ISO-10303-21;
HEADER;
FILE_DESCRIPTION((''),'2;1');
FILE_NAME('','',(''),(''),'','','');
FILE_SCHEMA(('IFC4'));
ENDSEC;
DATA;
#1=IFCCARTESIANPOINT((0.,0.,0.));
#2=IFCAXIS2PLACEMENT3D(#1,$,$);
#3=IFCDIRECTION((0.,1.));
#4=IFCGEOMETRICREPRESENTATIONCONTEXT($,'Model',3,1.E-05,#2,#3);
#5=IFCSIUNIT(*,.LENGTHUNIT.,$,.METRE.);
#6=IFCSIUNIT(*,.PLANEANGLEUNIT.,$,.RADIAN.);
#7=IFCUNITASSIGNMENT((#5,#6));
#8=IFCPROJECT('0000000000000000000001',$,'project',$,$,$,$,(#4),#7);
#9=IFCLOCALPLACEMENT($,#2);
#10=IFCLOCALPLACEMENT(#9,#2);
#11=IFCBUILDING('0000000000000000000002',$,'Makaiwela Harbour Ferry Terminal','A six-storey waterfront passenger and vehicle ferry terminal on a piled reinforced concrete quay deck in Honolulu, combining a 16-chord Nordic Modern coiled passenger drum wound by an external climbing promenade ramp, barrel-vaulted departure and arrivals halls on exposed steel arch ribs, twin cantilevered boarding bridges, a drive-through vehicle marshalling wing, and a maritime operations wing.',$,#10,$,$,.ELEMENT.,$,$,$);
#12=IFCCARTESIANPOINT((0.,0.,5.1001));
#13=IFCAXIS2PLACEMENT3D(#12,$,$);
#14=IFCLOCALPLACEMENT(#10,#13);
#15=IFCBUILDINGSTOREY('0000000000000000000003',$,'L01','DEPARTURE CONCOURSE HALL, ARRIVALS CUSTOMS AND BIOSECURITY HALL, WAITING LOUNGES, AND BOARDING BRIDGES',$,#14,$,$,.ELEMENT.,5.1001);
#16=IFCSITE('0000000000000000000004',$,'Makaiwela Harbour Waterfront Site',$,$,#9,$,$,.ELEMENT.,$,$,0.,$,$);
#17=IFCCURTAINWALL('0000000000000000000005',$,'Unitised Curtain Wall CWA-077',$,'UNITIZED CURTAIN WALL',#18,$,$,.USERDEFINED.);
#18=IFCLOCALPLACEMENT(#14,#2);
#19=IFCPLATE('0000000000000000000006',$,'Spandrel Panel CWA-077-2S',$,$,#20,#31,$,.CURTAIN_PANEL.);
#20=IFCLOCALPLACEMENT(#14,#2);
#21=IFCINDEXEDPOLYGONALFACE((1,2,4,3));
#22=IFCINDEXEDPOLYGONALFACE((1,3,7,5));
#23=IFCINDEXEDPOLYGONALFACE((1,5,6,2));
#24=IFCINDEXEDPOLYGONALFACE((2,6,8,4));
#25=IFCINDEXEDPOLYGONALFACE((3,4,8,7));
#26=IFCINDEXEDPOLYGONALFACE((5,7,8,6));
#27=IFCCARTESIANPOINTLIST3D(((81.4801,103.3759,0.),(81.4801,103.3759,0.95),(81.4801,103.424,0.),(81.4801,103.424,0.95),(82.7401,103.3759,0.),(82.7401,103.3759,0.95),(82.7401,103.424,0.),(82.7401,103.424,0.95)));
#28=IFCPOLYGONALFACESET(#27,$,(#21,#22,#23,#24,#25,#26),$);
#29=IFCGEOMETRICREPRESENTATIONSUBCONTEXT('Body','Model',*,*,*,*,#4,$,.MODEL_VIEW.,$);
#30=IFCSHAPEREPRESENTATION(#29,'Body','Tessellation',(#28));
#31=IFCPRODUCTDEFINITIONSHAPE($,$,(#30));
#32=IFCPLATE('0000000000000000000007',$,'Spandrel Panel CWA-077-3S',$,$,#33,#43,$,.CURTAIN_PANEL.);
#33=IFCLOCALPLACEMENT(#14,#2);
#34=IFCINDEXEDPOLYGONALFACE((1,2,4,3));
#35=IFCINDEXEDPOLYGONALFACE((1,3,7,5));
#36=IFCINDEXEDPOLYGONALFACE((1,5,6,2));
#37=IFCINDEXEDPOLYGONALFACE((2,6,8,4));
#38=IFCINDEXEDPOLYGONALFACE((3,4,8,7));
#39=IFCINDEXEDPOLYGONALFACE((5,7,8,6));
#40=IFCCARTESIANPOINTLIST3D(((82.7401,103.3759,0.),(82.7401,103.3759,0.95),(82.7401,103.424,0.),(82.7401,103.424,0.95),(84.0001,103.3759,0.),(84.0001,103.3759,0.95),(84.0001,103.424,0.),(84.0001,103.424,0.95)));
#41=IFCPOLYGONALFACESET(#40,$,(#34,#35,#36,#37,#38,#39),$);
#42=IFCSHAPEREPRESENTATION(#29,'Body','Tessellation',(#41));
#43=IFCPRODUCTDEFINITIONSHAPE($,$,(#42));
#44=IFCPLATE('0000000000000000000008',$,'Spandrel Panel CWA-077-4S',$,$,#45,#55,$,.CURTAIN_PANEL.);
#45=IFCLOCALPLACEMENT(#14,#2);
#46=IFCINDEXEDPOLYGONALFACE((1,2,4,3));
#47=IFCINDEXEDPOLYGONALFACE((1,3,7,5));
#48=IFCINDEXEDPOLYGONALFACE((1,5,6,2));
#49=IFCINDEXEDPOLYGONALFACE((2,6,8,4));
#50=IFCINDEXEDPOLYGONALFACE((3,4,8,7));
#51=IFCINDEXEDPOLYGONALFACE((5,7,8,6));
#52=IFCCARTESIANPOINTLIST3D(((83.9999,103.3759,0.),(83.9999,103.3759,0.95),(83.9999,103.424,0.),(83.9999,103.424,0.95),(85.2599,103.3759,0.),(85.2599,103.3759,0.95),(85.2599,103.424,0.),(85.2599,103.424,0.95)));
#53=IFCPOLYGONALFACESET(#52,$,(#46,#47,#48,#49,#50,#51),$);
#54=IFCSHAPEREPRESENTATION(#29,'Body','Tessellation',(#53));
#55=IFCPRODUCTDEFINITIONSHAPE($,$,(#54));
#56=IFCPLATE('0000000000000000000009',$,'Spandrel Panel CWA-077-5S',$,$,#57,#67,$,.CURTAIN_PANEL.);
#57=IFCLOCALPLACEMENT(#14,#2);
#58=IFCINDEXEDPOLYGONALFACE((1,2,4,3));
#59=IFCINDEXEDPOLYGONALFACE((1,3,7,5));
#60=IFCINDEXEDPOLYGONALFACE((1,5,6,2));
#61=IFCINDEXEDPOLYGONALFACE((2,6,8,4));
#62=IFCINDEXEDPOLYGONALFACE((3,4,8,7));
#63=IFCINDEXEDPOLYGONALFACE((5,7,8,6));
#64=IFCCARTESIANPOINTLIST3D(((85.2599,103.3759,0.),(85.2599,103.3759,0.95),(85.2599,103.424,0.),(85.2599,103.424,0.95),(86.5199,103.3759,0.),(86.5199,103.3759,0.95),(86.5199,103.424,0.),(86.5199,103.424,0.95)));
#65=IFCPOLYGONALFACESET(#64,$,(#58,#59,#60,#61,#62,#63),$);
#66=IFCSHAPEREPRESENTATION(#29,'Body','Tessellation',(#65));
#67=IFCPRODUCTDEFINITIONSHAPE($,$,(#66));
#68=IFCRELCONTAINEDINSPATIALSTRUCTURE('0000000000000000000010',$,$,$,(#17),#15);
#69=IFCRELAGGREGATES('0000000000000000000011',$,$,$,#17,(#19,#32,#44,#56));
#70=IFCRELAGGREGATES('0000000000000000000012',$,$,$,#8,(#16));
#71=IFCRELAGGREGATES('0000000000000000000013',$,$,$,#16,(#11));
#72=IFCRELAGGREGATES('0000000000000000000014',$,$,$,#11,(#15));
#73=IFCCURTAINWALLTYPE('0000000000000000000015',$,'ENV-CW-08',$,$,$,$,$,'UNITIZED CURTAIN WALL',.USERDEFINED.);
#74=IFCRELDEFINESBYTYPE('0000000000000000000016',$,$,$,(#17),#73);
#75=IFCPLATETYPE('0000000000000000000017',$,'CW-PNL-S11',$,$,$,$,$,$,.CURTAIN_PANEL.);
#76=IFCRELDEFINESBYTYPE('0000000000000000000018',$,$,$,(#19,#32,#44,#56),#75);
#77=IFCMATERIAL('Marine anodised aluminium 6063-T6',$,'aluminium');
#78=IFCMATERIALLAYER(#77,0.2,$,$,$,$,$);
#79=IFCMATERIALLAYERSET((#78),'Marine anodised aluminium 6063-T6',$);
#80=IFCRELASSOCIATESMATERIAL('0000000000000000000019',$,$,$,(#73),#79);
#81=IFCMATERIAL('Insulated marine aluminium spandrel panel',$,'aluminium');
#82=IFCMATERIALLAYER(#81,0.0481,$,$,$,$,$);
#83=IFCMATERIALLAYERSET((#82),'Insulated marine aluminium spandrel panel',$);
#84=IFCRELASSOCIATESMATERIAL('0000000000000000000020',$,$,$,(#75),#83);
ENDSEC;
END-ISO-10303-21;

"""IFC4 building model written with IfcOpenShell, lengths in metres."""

from ifc_helpers import new_model, si_unit, direction, frame, origin, origin_2d, place, context, subcontext, project, spatial, rectangle, extrude, material, layer, layer_set, type_object, element, aggregate, save


model = new_model("IFC4")

# Units and contexts
model_context = context("Model", 3, precision=1e-05, world=origin(), true_north=direction((0.0, 1.0)))
body_context = subcontext(model_context, "Body", "Model", "MODEL_VIEW")
ifc_project = project(units=[si_unit("LENGTHUNIT", "METRE"), si_unit("PLANEANGLEUNIT", "RADIAN")], contexts=[model_context])

# Site, building, storey
site_placement = place(None, origin())
site = spatial("IfcSite", under=ifc_project, at=site_placement, Name="Makaiwela Harbour Waterfront Site", CompositionType="ELEMENT", RefElevation=0.0)
building_placement = place(site_placement, origin())
building = spatial("IfcBuilding", under=site, at=building_placement, Name="Makaiwela Harbour Ferry Terminal", Description="A six-storey waterfront passenger and vehicle ferry terminal on a piled reinforced concrete quay deck in Honolulu, combining a 16-chord Nordic Modern coiled passenger drum wound by an external climbing promenade ramp, barrel-vaulted departure and arrivals halls on exposed steel arch ribs, twin cantilevered boarding bridges, a drive-through vehicle marshalling wing, and a maritime operations wing.", CompositionType="ELEMENT")
storey_placement = place(building_placement, frame((0.0, 0.0, 5.1001)))
storey = spatial("IfcBuildingStorey", under=building, at=storey_placement, Name="L01", Description="DEPARTURE CONCOURSE HALL, ARRIVALS CUSTOMS AND BIOSECURITY HALL, WAITING LOUNGES, AND BOARDING BRIDGES", CompositionType="ELEMENT", Elevation=5.1001)

# Curtain wall, plates
ifc_material_1 = material(Name="Marine anodised aluminium 6063-T6", Category="aluminium")
ifc_layer_1 = layer(ifc_material_1, 0.2)
ifc_layer_set_1 = layer_set([ifc_layer_1], Name="Marine anodised aluminium 6063-T6")
curtain_wall_type = type_object("IfcCurtainWallType", Name="ENV-CW-08", ElementType="UNITIZED CURTAIN WALL", PredefinedType="USERDEFINED", material=ifc_layer_set_1)
curtain_wall_placement = place(storey_placement, origin())
curtain_wall = element("IfcCurtainWall", 1, at=curtain_wall_placement, inside=storey, type_object=curtain_wall_type, Name="Unitised Curtain Wall CWA-077", ObjectType="UNITIZED CURTAIN WALL", PredefinedType="USERDEFINED")
ifc_material_2 = material(Name="Insulated marine aluminium spandrel panel", Category="aluminium")
ifc_layer_2 = layer(ifc_material_2, 0.0481)
ifc_layer_set_2 = layer_set([ifc_layer_2], Name="Insulated marine aluminium spandrel panel")
plate_type_1 = type_object("IfcPlateType", Name="CW-PNL-S11", PredefinedType="CURTAIN_PANEL", material=ifc_layer_set_2)
plate_1_placement = place(storey_placement, frame((82.1101, 103.3999, 0.0), z_axis=(0.0, 0.0, 1.0), x_axis=(1.0, 0.0, 0.0)))
plate_1 = element("IfcPlate", 2, at=plate_1_placement, type_object=plate_type_1, Name="Spandrel Panel CWA-077-2S", PredefinedType="CURTAIN_PANEL", context=body_context, shape_type="SweptSolid", body=[
    extrude(rectangle(XDim=1.26, YDim=0.0481, at=origin_2d()), origin(), (0.0, 0.0, 1.0), 0.95),
])
plate_2_placement = place(storey_placement, frame((83.3701, 103.3999, 0.0), z_axis=(0.0, 0.0, 1.0), x_axis=(1.0, 0.0, 0.0)))
plate_2 = element("IfcPlate", 3, at=plate_2_placement, type_object=plate_type_1, Name="Spandrel Panel CWA-077-3S", PredefinedType="CURTAIN_PANEL", context=body_context, shape_type="SweptSolid", body=[
    extrude(rectangle(XDim=1.26, YDim=0.0481, at=origin_2d()), origin(), (0.0, 0.0, 1.0), 0.95),
])
plate_3_placement = place(storey_placement, frame((84.6299, 103.3999, 0.0), z_axis=(0.0, 0.0, 1.0), x_axis=(1.0, 0.0, 0.0)))
plate_3 = element("IfcPlate", 4, at=plate_3_placement, type_object=plate_type_1, Name="Spandrel Panel CWA-077-4S", PredefinedType="CURTAIN_PANEL", context=body_context, shape_type="SweptSolid", body=[
    extrude(rectangle(XDim=1.26, YDim=0.0481, at=origin_2d()), origin(), (0.0, 0.0, 1.0), 0.95),
])
plate_4_placement = place(storey_placement, frame((85.8899, 103.3999, 0.0), z_axis=(0.0, 0.0, 1.0), x_axis=(1.0, 0.0, 0.0)))
plate_4 = element("IfcPlate", 5, at=plate_4_placement, type_object=plate_type_1, Name="Spandrel Panel CWA-077-5S", PredefinedType="CURTAIN_PANEL", context=body_context, shape_type="SweptSolid", body=[
    extrude(rectangle(XDim=1.26, YDim=0.0481, at=origin_2d()), origin(), (0.0, 0.0, 1.0), 0.95),
])
aggregate(curtain_wall, [plate_1, plate_2, plate_3, plate_4])

save(model, "model.ifc")
